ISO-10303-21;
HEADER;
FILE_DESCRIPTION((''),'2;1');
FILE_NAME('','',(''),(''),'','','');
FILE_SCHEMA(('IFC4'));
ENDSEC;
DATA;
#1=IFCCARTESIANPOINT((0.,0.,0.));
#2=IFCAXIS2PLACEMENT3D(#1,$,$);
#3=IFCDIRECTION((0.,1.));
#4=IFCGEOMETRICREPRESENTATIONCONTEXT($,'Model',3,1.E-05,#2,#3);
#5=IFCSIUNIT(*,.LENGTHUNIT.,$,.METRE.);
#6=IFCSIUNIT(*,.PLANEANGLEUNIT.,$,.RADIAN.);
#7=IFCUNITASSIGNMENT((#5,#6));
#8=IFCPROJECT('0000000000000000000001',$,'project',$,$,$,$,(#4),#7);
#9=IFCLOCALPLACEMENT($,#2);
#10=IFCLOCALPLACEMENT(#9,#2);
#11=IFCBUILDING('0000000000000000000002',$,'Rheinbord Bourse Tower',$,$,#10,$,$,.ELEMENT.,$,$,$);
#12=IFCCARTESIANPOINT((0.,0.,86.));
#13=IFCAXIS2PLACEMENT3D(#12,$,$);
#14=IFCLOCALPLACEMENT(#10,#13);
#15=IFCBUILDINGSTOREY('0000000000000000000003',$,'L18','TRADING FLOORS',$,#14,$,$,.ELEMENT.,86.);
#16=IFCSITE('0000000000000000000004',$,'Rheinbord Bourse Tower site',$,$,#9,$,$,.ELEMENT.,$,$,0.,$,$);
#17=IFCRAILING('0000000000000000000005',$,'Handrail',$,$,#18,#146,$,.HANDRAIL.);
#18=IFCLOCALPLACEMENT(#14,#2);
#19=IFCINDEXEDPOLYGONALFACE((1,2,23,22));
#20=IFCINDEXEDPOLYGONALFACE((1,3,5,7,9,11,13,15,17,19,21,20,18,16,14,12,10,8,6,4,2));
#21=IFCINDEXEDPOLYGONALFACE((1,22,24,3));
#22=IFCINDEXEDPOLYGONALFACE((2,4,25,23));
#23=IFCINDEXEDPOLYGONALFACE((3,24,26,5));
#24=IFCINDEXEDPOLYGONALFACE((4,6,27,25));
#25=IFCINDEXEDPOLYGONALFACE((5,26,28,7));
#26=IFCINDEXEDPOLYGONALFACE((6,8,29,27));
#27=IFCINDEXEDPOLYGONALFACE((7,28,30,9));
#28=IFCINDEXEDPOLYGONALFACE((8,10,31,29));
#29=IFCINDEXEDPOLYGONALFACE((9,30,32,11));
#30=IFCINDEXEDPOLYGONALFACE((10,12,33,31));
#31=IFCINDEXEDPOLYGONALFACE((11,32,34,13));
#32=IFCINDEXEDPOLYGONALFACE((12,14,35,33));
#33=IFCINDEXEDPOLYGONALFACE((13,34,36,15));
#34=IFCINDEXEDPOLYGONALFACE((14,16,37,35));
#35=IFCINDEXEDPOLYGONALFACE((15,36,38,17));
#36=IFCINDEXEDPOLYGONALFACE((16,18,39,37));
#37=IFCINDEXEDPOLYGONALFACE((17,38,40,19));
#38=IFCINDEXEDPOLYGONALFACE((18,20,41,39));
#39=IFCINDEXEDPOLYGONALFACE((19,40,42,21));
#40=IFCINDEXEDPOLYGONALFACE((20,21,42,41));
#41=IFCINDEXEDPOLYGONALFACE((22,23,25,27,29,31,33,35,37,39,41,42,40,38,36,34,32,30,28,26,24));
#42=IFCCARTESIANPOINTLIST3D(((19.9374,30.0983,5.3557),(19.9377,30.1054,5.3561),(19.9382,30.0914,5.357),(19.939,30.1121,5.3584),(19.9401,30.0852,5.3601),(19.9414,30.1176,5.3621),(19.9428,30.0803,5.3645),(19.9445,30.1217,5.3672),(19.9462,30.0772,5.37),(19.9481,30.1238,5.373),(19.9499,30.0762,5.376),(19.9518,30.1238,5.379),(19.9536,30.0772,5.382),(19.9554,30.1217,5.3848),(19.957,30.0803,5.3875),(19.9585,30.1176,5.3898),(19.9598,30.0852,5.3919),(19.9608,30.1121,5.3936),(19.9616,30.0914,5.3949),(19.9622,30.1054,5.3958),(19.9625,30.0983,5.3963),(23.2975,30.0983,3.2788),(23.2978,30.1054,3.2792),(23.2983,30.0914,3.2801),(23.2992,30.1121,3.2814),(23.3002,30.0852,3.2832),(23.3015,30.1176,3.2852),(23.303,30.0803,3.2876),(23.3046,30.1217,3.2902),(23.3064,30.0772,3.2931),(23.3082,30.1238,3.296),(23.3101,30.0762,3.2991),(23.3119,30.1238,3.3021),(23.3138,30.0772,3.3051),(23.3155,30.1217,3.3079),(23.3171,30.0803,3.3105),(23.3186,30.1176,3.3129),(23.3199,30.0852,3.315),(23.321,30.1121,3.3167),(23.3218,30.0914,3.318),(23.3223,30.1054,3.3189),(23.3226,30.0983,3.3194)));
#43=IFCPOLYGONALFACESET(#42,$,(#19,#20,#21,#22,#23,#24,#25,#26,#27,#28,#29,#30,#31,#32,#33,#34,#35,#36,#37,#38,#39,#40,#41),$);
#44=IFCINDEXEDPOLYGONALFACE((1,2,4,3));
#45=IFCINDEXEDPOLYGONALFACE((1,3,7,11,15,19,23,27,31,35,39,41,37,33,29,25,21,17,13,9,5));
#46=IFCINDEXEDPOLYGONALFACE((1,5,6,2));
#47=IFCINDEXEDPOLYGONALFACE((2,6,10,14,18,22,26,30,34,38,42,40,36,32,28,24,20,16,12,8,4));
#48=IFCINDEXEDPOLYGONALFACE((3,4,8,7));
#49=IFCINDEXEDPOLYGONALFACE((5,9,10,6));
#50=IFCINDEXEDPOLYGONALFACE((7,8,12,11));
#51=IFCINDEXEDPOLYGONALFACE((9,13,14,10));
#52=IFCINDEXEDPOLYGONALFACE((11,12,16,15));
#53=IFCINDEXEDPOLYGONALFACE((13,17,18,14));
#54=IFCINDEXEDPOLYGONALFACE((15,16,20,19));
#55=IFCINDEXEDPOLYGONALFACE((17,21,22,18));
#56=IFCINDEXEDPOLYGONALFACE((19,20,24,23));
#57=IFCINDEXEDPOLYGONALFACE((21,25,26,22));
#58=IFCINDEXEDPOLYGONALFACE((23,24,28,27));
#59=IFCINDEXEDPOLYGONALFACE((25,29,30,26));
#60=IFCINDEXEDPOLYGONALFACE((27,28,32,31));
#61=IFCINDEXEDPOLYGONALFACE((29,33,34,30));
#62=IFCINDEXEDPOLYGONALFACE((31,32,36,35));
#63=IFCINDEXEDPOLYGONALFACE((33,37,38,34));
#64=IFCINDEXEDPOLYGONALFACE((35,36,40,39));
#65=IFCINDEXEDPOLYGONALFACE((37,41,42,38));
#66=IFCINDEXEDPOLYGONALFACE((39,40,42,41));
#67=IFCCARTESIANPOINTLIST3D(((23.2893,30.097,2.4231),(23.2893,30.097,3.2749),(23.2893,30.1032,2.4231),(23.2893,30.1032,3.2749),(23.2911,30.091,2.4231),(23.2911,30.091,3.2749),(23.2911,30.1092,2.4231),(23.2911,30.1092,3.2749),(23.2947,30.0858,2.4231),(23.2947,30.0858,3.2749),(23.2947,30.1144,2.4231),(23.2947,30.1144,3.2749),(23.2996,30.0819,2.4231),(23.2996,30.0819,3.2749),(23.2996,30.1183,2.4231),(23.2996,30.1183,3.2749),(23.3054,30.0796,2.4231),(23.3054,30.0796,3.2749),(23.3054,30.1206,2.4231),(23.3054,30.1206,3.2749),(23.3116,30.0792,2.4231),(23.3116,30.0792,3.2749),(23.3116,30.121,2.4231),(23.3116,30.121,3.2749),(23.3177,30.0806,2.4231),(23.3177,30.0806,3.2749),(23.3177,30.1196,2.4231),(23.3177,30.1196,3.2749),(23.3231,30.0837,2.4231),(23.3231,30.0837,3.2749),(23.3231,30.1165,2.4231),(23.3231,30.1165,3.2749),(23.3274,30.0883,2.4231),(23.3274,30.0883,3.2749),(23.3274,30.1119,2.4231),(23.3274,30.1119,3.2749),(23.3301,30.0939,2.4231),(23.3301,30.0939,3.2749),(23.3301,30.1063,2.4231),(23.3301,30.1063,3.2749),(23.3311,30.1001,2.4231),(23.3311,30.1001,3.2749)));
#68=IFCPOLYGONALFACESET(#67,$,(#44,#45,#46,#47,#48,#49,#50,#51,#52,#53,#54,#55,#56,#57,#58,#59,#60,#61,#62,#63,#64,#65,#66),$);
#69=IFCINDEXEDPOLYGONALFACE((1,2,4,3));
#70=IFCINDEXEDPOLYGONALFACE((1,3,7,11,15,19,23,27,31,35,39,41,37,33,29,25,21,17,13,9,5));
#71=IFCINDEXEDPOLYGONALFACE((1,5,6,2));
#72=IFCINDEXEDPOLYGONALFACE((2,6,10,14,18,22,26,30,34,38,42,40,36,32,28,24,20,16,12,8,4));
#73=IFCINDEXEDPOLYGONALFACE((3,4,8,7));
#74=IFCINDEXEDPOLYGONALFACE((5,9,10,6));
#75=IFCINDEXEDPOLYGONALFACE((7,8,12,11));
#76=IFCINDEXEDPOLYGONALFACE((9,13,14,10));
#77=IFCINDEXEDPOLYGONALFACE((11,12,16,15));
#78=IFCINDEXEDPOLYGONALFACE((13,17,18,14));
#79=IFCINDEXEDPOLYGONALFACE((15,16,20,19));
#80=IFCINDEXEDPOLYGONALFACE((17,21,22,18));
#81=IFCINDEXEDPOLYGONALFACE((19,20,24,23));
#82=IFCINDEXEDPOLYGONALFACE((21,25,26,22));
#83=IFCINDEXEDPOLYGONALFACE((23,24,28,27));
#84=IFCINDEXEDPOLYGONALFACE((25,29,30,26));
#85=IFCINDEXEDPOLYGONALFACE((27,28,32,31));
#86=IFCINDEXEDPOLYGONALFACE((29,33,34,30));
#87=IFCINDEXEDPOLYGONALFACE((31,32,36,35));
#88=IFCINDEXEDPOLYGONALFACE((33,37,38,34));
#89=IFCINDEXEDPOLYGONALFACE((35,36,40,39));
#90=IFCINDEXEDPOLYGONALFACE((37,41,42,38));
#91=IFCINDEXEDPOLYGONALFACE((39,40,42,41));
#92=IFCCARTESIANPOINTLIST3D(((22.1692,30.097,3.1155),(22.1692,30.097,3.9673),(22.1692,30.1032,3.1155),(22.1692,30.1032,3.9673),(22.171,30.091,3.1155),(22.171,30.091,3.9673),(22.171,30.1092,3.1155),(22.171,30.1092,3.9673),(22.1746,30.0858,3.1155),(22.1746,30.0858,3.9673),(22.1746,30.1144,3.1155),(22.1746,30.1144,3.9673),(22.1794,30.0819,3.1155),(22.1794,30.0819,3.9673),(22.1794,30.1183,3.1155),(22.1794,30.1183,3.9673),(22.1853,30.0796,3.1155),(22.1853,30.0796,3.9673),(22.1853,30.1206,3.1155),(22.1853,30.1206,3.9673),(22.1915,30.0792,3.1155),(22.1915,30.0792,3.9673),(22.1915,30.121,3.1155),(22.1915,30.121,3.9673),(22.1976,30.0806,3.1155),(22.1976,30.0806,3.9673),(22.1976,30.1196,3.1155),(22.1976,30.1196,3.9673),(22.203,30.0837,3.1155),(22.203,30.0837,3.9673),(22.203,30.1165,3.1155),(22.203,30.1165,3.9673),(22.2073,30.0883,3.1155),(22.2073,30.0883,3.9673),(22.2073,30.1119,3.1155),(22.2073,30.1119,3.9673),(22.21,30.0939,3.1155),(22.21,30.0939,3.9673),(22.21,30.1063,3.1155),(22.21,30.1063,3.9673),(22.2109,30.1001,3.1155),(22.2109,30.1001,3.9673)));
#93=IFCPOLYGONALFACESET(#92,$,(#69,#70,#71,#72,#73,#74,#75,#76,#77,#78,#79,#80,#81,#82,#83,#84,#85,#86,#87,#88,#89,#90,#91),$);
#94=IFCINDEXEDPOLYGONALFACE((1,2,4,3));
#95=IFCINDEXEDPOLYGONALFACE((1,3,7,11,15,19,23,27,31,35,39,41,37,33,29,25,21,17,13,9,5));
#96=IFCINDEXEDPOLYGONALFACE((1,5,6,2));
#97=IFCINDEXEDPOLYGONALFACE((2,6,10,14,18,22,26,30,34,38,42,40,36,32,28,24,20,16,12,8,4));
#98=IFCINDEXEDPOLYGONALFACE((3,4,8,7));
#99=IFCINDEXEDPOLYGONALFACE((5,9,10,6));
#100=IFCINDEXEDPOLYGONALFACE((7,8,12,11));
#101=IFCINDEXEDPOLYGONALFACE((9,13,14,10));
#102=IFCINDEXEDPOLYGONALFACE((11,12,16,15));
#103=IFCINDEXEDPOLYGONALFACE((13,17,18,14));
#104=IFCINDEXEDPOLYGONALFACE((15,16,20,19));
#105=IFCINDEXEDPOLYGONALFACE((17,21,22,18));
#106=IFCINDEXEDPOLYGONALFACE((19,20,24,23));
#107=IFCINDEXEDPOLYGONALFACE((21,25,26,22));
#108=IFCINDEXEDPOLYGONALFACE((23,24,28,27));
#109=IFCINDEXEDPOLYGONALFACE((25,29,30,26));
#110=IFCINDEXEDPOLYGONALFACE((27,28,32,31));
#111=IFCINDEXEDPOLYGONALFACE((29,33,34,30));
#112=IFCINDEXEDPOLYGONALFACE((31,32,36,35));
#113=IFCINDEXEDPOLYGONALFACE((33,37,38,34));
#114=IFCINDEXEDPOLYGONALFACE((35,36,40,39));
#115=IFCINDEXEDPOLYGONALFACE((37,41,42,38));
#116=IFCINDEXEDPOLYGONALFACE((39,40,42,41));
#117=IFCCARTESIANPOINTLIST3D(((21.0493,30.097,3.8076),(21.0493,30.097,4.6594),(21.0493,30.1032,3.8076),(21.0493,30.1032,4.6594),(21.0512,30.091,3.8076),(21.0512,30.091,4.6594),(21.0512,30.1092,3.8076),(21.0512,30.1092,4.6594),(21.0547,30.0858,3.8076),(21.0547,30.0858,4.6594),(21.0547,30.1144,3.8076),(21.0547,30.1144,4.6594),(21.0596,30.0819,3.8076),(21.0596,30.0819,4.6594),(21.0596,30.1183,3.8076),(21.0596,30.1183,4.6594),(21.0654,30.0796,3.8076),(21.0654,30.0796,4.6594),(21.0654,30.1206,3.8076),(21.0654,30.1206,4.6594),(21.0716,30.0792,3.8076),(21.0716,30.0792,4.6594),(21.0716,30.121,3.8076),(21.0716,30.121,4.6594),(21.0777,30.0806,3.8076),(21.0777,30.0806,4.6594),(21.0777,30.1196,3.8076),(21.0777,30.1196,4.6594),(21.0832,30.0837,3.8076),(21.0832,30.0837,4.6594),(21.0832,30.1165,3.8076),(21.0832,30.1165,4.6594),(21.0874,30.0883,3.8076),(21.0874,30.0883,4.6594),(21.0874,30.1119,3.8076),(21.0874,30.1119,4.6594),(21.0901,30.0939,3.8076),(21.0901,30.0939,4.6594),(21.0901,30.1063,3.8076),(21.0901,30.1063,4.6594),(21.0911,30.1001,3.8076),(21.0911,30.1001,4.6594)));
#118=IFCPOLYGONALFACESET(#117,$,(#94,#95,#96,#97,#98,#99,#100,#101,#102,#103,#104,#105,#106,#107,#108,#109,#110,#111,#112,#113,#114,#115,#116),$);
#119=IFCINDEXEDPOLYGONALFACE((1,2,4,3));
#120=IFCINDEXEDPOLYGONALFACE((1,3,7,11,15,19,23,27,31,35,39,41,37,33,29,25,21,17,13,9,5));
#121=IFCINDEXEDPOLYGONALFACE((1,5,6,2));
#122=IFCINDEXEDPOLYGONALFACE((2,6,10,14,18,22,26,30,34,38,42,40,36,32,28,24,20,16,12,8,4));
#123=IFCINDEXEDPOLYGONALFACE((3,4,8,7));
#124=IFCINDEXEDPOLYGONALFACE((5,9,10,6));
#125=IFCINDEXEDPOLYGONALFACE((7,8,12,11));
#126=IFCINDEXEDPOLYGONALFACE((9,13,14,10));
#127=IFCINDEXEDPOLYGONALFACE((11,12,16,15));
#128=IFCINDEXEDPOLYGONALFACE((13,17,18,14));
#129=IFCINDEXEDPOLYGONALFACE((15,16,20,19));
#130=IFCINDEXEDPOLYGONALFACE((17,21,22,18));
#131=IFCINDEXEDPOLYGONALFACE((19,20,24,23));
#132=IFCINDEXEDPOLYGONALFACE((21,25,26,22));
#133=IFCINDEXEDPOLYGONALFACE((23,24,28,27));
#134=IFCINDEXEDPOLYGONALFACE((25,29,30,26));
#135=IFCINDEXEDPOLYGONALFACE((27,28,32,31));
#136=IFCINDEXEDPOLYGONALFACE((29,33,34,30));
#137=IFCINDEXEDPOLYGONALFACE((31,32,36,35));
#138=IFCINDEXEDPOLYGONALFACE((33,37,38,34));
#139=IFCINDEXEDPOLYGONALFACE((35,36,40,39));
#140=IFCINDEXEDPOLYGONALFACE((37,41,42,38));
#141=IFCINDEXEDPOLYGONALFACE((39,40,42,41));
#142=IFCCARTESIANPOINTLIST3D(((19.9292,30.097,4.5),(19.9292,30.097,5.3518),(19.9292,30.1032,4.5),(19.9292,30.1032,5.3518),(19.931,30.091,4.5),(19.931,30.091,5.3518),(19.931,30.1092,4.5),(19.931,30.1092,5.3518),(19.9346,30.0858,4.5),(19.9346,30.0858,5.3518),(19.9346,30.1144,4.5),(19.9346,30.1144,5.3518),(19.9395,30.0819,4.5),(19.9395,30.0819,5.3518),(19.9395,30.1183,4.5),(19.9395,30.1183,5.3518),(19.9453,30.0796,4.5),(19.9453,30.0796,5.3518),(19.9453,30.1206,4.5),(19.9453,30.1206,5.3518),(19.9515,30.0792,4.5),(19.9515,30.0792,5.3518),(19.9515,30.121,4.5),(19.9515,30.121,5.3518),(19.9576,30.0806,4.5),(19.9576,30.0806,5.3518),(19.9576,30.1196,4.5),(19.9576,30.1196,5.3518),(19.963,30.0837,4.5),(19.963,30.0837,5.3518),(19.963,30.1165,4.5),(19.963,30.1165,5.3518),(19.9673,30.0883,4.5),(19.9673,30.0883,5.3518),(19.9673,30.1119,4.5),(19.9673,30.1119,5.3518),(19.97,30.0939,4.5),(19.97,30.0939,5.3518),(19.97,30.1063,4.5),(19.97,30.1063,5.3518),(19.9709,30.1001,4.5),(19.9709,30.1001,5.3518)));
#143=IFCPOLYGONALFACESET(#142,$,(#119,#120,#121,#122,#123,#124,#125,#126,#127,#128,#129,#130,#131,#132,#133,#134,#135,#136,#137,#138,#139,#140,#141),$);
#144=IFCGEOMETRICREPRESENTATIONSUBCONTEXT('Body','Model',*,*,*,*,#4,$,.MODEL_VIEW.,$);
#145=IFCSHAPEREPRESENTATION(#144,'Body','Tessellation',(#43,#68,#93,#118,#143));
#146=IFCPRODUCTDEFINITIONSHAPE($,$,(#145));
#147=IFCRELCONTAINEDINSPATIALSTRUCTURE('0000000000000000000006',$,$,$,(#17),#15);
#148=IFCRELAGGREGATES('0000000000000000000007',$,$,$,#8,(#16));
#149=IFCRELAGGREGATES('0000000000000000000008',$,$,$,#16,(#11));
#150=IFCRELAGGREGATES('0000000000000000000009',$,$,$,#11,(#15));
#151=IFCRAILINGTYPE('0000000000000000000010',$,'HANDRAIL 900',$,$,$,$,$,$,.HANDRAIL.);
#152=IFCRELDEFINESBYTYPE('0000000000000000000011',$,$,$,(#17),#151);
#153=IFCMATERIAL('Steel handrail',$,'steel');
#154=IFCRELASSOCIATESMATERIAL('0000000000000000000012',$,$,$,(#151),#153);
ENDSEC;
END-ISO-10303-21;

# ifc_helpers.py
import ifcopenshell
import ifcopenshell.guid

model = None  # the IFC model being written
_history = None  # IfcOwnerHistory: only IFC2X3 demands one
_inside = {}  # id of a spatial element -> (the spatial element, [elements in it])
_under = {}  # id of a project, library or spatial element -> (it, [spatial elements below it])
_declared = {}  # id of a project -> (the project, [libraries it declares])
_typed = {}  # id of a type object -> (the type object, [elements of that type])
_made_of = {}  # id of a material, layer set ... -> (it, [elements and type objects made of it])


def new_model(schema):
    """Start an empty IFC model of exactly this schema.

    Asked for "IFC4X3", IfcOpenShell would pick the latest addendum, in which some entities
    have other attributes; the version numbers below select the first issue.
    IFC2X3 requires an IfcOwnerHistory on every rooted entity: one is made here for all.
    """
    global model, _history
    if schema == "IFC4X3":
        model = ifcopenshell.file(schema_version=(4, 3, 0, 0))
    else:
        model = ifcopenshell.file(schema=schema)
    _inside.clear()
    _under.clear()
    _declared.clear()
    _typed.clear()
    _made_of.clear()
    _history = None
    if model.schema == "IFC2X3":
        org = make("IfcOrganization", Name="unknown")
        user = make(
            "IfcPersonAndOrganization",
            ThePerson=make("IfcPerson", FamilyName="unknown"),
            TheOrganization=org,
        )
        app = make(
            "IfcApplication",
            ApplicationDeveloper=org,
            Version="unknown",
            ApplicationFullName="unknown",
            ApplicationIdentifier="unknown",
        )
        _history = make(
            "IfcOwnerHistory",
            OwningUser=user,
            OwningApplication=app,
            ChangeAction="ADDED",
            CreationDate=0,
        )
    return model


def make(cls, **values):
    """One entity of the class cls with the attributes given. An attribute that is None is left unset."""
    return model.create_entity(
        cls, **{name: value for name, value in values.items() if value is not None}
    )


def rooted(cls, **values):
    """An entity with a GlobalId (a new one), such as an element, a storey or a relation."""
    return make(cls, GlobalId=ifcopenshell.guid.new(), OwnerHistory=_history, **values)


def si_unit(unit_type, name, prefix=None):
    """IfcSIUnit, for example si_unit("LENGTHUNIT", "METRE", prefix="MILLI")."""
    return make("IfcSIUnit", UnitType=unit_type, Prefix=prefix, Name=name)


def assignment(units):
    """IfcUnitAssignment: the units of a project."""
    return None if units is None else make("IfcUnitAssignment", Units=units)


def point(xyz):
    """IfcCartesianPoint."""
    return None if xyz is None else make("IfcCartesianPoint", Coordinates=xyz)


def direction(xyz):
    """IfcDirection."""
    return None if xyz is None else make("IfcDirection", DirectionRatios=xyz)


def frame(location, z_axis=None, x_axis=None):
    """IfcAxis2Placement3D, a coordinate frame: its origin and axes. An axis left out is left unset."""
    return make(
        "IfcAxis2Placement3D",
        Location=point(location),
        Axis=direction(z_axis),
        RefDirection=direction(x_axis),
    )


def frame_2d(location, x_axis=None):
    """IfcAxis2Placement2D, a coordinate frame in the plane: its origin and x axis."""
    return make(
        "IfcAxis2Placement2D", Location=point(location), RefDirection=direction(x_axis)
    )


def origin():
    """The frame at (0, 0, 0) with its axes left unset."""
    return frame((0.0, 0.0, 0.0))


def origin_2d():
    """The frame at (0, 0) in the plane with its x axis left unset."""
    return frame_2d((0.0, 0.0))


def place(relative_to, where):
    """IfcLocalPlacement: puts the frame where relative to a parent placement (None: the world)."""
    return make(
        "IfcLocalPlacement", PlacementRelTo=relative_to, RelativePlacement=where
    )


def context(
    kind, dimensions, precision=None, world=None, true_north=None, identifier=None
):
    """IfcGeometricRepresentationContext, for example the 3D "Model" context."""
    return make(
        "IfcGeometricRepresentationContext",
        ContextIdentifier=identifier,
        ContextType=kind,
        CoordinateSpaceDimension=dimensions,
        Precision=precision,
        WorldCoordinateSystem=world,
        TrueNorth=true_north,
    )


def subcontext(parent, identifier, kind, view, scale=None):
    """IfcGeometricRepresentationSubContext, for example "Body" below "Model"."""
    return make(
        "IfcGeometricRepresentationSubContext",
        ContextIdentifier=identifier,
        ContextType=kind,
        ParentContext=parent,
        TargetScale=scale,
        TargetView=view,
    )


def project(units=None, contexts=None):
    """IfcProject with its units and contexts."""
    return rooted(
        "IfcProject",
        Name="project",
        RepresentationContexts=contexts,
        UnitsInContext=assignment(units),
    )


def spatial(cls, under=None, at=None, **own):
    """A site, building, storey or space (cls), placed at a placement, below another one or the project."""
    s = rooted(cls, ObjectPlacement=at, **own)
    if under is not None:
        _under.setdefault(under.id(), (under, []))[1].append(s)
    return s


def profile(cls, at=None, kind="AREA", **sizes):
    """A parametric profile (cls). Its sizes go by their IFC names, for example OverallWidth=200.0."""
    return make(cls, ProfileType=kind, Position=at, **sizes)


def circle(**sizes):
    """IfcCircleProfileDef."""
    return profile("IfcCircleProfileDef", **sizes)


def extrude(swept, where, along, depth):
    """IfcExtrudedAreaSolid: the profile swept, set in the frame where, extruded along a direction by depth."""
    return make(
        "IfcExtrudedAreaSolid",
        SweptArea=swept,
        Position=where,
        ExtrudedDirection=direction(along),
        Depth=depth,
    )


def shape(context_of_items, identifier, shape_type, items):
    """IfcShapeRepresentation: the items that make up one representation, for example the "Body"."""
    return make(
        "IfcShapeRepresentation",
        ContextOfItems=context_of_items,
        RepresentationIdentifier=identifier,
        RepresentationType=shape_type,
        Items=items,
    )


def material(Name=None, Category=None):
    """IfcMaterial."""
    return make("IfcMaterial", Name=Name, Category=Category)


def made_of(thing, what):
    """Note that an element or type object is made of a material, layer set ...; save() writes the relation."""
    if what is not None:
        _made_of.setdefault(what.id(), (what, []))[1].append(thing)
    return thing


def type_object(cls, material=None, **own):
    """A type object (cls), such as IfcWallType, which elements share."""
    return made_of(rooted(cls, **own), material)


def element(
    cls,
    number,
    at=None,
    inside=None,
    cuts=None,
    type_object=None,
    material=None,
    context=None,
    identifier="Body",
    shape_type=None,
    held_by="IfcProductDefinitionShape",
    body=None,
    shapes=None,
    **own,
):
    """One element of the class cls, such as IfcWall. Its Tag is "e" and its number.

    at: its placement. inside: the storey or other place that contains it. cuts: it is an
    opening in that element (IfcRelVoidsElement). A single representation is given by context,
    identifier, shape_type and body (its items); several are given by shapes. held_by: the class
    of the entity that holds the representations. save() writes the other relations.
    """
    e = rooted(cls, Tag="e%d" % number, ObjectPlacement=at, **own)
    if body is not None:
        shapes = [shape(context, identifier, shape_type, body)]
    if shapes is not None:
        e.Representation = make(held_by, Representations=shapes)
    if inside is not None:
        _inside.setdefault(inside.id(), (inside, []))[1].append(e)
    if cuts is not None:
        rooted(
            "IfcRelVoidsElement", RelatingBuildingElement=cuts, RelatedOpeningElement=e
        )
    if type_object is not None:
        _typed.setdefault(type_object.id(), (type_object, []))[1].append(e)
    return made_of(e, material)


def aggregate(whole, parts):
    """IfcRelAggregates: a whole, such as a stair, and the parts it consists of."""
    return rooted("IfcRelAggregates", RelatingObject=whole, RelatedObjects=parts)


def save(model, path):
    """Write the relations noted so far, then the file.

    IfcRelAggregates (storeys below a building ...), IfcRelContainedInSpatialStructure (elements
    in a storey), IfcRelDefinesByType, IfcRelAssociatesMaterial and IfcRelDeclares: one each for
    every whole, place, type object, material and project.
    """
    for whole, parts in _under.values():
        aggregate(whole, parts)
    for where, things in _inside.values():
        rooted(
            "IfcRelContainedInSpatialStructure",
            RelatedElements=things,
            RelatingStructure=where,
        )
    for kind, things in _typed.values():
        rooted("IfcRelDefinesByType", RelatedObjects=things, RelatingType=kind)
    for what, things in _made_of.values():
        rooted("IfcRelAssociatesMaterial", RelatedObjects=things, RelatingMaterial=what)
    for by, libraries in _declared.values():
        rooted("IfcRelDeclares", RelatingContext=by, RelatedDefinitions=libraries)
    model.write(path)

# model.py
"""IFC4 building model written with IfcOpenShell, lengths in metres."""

from ifc_helpers import new_model, si_unit, direction, frame, origin, origin_2d, place, context, subcontext, project, spatial, circle, extrude, material, type_object, element, save


model = new_model("IFC4")

# Units and contexts
model_context = context("Model", 3, precision=1e-05, world=origin(), true_north=direction((0.0, 1.0)))
body_context = subcontext(model_context, "Body", "Model", "MODEL_VIEW")
ifc_project = project(units=[si_unit("LENGTHUNIT", "METRE"), si_unit("PLANEANGLEUNIT", "RADIAN")], contexts=[model_context])

# Site, building, storey
site_placement = place(None, origin())
site = spatial("IfcSite", under=ifc_project, at=site_placement, Name="Rheinbord Bourse Tower site", CompositionType="ELEMENT", RefElevation=0.0)
building_placement = place(site_placement, origin())
building = spatial("IfcBuilding", under=site, at=building_placement, Name="Rheinbord Bourse Tower", CompositionType="ELEMENT")
storey_placement = place(building_placement, frame((0.0, 0.0, 86.0)))
storey = spatial("IfcBuildingStorey", under=building, at=storey_placement, Name="L18", Description="TRADING FLOORS", CompositionType="ELEMENT", Elevation=86.0)

# Railing
ifc_material_1 = material(Name="Steel handrail", Category="steel")
railing_type = type_object("IfcRailingType", Name="HANDRAIL 900", PredefinedType="HANDRAIL", material=ifc_material_1)
railing_1_placement = place(storey_placement, frame((23.3101, 30.1001, 2.4231)))
element("IfcRailing", 1, at=railing_1_placement, inside=storey, type_object=railing_type, Name="Handrail", PredefinedType="HANDRAIL", context=body_context, shape_type="SweptSolid", body=[
    extrude(circle(Radius=0.0239, at=origin_2d()), frame((0.0, 0.0, 0.876), z_axis=(-0.850623, 0.0, 0.525776), x_axis=(0.0, -1.0, 0.0)), (0.0, 0.0, 1.0), 3.9502),
    extrude(circle(Radius=0.021, at=origin_2d()), origin(), (0.0, 0.0, 1.0), 0.8518),
    extrude(circle(Radius=0.021, at=origin_2d()), frame((-1.1201, 0.0, 0.6924)), (0.0, 0.0, 1.0), 0.8518),
    extrude(circle(Radius=0.021, at=origin_2d()), frame((-2.24, 0.0, 1.3845)), (0.0, 0.0, 1.0), 0.8518),
    extrude(circle(Radius=0.021, at=origin_2d()), frame((-3.3601, 0.0, 2.0769)), (0.0, 0.0, 1.0), 0.8518),
])

save(model, "model.ifc")
